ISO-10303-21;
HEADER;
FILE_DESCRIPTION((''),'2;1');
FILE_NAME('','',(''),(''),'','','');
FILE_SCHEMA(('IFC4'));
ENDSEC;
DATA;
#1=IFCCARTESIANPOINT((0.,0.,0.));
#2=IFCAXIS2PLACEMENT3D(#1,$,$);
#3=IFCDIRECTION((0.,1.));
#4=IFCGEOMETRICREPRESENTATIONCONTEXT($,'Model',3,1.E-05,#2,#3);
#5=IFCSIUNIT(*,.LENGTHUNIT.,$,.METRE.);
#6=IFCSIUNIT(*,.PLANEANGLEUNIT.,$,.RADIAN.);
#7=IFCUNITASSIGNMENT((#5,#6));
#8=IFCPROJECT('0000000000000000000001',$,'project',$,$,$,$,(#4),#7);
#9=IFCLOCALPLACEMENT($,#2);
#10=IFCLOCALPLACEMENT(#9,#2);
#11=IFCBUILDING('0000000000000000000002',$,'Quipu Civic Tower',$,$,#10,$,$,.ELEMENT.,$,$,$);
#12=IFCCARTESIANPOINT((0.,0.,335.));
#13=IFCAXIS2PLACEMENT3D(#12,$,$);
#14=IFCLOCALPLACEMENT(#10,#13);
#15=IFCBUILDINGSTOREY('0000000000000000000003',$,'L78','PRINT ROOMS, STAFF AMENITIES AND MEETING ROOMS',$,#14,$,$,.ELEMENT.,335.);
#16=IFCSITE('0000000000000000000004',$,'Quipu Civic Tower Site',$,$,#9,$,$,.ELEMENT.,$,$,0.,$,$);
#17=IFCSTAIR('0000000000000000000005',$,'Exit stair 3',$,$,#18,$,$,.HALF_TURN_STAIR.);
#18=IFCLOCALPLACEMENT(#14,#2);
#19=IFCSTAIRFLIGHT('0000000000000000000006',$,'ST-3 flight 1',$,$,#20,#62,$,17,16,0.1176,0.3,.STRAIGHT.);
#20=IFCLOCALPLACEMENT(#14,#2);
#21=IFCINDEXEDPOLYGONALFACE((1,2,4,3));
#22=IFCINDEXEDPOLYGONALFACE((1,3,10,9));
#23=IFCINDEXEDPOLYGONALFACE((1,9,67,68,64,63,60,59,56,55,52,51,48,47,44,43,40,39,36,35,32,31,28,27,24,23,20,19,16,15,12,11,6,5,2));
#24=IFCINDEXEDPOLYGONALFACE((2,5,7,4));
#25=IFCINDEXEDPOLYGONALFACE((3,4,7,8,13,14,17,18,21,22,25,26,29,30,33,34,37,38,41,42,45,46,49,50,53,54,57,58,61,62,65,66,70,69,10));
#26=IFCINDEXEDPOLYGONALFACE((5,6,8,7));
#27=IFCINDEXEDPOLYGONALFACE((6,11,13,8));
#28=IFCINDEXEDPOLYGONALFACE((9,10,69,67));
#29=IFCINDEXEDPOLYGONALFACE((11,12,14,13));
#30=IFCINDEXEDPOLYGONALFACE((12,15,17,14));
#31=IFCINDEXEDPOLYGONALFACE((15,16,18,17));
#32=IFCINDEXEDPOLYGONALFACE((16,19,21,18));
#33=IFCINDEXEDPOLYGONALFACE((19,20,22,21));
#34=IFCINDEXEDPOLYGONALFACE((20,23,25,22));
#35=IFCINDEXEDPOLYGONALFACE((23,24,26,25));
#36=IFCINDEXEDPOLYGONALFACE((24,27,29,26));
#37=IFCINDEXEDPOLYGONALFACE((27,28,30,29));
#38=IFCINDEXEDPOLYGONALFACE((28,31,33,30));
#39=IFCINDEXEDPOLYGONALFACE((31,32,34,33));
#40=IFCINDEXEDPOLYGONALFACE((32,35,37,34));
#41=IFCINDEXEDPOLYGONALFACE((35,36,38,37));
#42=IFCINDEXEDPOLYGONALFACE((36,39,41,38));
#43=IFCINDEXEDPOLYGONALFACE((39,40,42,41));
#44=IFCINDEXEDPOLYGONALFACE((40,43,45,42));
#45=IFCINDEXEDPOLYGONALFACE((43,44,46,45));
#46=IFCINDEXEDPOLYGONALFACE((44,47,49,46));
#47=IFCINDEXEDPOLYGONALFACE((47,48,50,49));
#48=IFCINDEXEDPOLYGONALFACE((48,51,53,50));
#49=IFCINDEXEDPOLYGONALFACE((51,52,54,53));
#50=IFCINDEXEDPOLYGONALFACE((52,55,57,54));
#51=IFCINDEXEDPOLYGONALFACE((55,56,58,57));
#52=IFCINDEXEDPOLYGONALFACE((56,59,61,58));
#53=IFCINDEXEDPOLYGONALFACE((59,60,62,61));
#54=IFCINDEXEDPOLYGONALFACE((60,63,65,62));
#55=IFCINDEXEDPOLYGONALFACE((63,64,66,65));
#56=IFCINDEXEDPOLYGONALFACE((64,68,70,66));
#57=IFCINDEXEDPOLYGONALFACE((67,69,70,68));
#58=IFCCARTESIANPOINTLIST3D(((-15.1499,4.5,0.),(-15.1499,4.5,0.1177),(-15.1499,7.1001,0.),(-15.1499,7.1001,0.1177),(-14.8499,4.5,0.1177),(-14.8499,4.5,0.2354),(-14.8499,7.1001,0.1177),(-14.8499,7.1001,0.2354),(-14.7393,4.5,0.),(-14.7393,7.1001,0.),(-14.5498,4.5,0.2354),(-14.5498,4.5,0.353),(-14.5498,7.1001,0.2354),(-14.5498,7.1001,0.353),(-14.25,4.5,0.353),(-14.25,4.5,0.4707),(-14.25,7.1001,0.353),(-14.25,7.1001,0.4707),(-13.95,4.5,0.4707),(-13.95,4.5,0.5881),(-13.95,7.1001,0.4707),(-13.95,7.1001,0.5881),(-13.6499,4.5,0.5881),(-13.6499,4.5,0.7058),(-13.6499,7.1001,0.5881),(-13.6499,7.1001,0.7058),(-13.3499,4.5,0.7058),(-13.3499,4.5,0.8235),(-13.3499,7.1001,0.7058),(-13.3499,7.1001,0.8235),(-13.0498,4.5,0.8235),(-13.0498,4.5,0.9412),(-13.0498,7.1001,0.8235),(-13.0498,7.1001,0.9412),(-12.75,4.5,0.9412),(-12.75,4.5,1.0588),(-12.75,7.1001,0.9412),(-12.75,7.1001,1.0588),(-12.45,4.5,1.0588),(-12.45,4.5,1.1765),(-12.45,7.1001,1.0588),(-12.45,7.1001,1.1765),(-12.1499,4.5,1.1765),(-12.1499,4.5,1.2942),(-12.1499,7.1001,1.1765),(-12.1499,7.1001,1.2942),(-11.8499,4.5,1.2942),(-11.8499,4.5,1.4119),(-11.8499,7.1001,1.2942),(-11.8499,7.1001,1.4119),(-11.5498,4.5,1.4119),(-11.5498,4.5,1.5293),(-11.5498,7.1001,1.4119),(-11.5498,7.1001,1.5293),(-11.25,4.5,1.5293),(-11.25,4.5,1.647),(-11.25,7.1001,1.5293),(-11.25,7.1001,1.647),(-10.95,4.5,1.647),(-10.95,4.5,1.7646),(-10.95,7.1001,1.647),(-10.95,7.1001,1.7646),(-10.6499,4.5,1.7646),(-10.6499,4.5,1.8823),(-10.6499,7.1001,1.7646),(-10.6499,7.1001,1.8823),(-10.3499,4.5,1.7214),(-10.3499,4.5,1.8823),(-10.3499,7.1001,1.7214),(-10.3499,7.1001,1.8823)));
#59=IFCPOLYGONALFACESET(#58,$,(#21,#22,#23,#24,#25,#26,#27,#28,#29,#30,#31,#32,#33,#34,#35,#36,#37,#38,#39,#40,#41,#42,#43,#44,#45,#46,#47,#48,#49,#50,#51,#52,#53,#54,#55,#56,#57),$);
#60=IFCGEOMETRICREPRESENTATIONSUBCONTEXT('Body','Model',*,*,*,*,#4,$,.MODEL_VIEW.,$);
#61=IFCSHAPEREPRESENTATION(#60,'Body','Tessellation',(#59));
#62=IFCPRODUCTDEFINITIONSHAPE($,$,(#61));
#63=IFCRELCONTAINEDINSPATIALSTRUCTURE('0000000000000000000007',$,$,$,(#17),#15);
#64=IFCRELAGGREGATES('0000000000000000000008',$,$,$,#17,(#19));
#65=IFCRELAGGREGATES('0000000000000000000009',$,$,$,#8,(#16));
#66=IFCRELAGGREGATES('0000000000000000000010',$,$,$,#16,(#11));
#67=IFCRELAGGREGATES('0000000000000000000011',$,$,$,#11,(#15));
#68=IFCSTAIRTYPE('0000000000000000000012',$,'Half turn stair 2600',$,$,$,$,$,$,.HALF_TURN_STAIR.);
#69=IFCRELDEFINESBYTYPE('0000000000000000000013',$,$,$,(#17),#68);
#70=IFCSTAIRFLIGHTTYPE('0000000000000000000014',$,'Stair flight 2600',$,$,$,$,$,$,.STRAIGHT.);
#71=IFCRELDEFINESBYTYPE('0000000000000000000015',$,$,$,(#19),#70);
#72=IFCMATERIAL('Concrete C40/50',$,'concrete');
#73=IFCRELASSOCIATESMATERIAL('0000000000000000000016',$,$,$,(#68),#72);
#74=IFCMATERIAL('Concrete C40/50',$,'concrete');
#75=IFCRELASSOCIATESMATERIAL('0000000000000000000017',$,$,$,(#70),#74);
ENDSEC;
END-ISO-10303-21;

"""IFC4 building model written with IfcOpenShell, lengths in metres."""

from ifc_helpers import new_model, si_unit, direction, frame, origin, place, context, subcontext, project, spatial, polyline, outline, extrude, material, type_object, element, aggregate, save


model = new_model("IFC4")

# Units and contexts
model_context = context("Model", 3, precision=1e-05, world=origin(), true_north=direction((0.0, 1.0)))
body_context = subcontext(model_context, "Body", "Model", "MODEL_VIEW")
ifc_project = project(units=[si_unit("LENGTHUNIT", "METRE"), si_unit("PLANEANGLEUNIT", "RADIAN")], contexts=[model_context])

# Site, building, storey
site_placement = place(None, origin())
site = spatial("IfcSite", under=ifc_project, at=site_placement, Name="Quipu Civic Tower Site", CompositionType="ELEMENT", RefElevation=0.0)
building_placement = place(site_placement, origin())
building = spatial("IfcBuilding", under=site, at=building_placement, Name="Quipu Civic Tower", CompositionType="ELEMENT")
storey_placement = place(building_placement, frame((0.0, 0.0, 335.0)))
storey = spatial("IfcBuildingStorey", under=building, at=storey_placement, Name="L78", Description="PRINT ROOMS, STAFF AMENITIES AND MEETING ROOMS", CompositionType="ELEMENT", Elevation=335.0)

# Stair, stair flight
ifc_material_1 = material(Name="Concrete C40/50", Category="concrete")
stair_type = type_object("IfcStairType", Name="Half turn stair 2600", PredefinedType="HALF_TURN_STAIR", material=ifc_material_1)
stair_placement = place(storey_placement, origin())
stair = element("IfcStair", 1, at=stair_placement, inside=storey, type_object=stair_type, Name="Exit stair 3", PredefinedType="HALF_TURN_STAIR")
ifc_material_2 = material(Name="Concrete C40/50", Category="concrete")
stair_flight_type = type_object("IfcStairFlightType", Name="Stair flight 2600", PredefinedType="STRAIGHT", material=ifc_material_2)
stair_flight_placement = place(storey_placement, frame((-15.1499, 5.8, 0.0), z_axis=(0.0, 0.0, 1.0), x_axis=(1.0, 0.0, 0.0)))
stair_flight = element("IfcStairFlight", 2, at=stair_flight_placement, type_object=stair_flight_type, Name="ST-3 flight 1", NumberOfRisers=17, NumberOfTreads=16, PredefinedType="STRAIGHT", RiserHeight=0.1176, TreadLength=0.3, context=body_context, shape_type="SweptSolid", body=[
    extrude(outline(polyline([(0.0, 0.0), (0.0, 0.1177), (0.3, 0.1177), (0.3, 0.2354), (0.6001, 0.2354), (0.6001, 0.353), (0.8999, 0.353), (0.8999, 0.4707), (1.2, 0.4707), (1.2, 0.5881), (1.5, 0.5881), (1.5, 0.7058), (1.8, 0.7058), (1.8, 0.8235), (2.1001, 0.8235), (2.1001, 0.9412), (2.3999, 0.9412), (2.3999, 1.0588), (2.7, 1.0588), (2.7, 1.1765), (3.0, 1.1765), (3.0, 1.2942), (3.3, 1.2942), (3.3, 1.4119), (3.6001, 1.4119), (3.6001, 1.5293), (3.8999, 1.5293), (3.8999, 1.647), (4.2, 1.647), (4.2, 1.7646), (4.5, 1.7646), (4.5, 1.8823), (4.8, 1.8823), (4.8, 2.0), (4.8, 1.7214), (0.4106, 0.0), (0.0, 0.0)])), frame((0.0, 1.3, 0.0), z_axis=(0.0, -1.0, 0.0), x_axis=(1.0, 0.0, 0.0)), (0.0, 0.0, 1.0), 2.6001),
])
aggregate(stair, [stair_flight])

save(model, "model.ifc")
